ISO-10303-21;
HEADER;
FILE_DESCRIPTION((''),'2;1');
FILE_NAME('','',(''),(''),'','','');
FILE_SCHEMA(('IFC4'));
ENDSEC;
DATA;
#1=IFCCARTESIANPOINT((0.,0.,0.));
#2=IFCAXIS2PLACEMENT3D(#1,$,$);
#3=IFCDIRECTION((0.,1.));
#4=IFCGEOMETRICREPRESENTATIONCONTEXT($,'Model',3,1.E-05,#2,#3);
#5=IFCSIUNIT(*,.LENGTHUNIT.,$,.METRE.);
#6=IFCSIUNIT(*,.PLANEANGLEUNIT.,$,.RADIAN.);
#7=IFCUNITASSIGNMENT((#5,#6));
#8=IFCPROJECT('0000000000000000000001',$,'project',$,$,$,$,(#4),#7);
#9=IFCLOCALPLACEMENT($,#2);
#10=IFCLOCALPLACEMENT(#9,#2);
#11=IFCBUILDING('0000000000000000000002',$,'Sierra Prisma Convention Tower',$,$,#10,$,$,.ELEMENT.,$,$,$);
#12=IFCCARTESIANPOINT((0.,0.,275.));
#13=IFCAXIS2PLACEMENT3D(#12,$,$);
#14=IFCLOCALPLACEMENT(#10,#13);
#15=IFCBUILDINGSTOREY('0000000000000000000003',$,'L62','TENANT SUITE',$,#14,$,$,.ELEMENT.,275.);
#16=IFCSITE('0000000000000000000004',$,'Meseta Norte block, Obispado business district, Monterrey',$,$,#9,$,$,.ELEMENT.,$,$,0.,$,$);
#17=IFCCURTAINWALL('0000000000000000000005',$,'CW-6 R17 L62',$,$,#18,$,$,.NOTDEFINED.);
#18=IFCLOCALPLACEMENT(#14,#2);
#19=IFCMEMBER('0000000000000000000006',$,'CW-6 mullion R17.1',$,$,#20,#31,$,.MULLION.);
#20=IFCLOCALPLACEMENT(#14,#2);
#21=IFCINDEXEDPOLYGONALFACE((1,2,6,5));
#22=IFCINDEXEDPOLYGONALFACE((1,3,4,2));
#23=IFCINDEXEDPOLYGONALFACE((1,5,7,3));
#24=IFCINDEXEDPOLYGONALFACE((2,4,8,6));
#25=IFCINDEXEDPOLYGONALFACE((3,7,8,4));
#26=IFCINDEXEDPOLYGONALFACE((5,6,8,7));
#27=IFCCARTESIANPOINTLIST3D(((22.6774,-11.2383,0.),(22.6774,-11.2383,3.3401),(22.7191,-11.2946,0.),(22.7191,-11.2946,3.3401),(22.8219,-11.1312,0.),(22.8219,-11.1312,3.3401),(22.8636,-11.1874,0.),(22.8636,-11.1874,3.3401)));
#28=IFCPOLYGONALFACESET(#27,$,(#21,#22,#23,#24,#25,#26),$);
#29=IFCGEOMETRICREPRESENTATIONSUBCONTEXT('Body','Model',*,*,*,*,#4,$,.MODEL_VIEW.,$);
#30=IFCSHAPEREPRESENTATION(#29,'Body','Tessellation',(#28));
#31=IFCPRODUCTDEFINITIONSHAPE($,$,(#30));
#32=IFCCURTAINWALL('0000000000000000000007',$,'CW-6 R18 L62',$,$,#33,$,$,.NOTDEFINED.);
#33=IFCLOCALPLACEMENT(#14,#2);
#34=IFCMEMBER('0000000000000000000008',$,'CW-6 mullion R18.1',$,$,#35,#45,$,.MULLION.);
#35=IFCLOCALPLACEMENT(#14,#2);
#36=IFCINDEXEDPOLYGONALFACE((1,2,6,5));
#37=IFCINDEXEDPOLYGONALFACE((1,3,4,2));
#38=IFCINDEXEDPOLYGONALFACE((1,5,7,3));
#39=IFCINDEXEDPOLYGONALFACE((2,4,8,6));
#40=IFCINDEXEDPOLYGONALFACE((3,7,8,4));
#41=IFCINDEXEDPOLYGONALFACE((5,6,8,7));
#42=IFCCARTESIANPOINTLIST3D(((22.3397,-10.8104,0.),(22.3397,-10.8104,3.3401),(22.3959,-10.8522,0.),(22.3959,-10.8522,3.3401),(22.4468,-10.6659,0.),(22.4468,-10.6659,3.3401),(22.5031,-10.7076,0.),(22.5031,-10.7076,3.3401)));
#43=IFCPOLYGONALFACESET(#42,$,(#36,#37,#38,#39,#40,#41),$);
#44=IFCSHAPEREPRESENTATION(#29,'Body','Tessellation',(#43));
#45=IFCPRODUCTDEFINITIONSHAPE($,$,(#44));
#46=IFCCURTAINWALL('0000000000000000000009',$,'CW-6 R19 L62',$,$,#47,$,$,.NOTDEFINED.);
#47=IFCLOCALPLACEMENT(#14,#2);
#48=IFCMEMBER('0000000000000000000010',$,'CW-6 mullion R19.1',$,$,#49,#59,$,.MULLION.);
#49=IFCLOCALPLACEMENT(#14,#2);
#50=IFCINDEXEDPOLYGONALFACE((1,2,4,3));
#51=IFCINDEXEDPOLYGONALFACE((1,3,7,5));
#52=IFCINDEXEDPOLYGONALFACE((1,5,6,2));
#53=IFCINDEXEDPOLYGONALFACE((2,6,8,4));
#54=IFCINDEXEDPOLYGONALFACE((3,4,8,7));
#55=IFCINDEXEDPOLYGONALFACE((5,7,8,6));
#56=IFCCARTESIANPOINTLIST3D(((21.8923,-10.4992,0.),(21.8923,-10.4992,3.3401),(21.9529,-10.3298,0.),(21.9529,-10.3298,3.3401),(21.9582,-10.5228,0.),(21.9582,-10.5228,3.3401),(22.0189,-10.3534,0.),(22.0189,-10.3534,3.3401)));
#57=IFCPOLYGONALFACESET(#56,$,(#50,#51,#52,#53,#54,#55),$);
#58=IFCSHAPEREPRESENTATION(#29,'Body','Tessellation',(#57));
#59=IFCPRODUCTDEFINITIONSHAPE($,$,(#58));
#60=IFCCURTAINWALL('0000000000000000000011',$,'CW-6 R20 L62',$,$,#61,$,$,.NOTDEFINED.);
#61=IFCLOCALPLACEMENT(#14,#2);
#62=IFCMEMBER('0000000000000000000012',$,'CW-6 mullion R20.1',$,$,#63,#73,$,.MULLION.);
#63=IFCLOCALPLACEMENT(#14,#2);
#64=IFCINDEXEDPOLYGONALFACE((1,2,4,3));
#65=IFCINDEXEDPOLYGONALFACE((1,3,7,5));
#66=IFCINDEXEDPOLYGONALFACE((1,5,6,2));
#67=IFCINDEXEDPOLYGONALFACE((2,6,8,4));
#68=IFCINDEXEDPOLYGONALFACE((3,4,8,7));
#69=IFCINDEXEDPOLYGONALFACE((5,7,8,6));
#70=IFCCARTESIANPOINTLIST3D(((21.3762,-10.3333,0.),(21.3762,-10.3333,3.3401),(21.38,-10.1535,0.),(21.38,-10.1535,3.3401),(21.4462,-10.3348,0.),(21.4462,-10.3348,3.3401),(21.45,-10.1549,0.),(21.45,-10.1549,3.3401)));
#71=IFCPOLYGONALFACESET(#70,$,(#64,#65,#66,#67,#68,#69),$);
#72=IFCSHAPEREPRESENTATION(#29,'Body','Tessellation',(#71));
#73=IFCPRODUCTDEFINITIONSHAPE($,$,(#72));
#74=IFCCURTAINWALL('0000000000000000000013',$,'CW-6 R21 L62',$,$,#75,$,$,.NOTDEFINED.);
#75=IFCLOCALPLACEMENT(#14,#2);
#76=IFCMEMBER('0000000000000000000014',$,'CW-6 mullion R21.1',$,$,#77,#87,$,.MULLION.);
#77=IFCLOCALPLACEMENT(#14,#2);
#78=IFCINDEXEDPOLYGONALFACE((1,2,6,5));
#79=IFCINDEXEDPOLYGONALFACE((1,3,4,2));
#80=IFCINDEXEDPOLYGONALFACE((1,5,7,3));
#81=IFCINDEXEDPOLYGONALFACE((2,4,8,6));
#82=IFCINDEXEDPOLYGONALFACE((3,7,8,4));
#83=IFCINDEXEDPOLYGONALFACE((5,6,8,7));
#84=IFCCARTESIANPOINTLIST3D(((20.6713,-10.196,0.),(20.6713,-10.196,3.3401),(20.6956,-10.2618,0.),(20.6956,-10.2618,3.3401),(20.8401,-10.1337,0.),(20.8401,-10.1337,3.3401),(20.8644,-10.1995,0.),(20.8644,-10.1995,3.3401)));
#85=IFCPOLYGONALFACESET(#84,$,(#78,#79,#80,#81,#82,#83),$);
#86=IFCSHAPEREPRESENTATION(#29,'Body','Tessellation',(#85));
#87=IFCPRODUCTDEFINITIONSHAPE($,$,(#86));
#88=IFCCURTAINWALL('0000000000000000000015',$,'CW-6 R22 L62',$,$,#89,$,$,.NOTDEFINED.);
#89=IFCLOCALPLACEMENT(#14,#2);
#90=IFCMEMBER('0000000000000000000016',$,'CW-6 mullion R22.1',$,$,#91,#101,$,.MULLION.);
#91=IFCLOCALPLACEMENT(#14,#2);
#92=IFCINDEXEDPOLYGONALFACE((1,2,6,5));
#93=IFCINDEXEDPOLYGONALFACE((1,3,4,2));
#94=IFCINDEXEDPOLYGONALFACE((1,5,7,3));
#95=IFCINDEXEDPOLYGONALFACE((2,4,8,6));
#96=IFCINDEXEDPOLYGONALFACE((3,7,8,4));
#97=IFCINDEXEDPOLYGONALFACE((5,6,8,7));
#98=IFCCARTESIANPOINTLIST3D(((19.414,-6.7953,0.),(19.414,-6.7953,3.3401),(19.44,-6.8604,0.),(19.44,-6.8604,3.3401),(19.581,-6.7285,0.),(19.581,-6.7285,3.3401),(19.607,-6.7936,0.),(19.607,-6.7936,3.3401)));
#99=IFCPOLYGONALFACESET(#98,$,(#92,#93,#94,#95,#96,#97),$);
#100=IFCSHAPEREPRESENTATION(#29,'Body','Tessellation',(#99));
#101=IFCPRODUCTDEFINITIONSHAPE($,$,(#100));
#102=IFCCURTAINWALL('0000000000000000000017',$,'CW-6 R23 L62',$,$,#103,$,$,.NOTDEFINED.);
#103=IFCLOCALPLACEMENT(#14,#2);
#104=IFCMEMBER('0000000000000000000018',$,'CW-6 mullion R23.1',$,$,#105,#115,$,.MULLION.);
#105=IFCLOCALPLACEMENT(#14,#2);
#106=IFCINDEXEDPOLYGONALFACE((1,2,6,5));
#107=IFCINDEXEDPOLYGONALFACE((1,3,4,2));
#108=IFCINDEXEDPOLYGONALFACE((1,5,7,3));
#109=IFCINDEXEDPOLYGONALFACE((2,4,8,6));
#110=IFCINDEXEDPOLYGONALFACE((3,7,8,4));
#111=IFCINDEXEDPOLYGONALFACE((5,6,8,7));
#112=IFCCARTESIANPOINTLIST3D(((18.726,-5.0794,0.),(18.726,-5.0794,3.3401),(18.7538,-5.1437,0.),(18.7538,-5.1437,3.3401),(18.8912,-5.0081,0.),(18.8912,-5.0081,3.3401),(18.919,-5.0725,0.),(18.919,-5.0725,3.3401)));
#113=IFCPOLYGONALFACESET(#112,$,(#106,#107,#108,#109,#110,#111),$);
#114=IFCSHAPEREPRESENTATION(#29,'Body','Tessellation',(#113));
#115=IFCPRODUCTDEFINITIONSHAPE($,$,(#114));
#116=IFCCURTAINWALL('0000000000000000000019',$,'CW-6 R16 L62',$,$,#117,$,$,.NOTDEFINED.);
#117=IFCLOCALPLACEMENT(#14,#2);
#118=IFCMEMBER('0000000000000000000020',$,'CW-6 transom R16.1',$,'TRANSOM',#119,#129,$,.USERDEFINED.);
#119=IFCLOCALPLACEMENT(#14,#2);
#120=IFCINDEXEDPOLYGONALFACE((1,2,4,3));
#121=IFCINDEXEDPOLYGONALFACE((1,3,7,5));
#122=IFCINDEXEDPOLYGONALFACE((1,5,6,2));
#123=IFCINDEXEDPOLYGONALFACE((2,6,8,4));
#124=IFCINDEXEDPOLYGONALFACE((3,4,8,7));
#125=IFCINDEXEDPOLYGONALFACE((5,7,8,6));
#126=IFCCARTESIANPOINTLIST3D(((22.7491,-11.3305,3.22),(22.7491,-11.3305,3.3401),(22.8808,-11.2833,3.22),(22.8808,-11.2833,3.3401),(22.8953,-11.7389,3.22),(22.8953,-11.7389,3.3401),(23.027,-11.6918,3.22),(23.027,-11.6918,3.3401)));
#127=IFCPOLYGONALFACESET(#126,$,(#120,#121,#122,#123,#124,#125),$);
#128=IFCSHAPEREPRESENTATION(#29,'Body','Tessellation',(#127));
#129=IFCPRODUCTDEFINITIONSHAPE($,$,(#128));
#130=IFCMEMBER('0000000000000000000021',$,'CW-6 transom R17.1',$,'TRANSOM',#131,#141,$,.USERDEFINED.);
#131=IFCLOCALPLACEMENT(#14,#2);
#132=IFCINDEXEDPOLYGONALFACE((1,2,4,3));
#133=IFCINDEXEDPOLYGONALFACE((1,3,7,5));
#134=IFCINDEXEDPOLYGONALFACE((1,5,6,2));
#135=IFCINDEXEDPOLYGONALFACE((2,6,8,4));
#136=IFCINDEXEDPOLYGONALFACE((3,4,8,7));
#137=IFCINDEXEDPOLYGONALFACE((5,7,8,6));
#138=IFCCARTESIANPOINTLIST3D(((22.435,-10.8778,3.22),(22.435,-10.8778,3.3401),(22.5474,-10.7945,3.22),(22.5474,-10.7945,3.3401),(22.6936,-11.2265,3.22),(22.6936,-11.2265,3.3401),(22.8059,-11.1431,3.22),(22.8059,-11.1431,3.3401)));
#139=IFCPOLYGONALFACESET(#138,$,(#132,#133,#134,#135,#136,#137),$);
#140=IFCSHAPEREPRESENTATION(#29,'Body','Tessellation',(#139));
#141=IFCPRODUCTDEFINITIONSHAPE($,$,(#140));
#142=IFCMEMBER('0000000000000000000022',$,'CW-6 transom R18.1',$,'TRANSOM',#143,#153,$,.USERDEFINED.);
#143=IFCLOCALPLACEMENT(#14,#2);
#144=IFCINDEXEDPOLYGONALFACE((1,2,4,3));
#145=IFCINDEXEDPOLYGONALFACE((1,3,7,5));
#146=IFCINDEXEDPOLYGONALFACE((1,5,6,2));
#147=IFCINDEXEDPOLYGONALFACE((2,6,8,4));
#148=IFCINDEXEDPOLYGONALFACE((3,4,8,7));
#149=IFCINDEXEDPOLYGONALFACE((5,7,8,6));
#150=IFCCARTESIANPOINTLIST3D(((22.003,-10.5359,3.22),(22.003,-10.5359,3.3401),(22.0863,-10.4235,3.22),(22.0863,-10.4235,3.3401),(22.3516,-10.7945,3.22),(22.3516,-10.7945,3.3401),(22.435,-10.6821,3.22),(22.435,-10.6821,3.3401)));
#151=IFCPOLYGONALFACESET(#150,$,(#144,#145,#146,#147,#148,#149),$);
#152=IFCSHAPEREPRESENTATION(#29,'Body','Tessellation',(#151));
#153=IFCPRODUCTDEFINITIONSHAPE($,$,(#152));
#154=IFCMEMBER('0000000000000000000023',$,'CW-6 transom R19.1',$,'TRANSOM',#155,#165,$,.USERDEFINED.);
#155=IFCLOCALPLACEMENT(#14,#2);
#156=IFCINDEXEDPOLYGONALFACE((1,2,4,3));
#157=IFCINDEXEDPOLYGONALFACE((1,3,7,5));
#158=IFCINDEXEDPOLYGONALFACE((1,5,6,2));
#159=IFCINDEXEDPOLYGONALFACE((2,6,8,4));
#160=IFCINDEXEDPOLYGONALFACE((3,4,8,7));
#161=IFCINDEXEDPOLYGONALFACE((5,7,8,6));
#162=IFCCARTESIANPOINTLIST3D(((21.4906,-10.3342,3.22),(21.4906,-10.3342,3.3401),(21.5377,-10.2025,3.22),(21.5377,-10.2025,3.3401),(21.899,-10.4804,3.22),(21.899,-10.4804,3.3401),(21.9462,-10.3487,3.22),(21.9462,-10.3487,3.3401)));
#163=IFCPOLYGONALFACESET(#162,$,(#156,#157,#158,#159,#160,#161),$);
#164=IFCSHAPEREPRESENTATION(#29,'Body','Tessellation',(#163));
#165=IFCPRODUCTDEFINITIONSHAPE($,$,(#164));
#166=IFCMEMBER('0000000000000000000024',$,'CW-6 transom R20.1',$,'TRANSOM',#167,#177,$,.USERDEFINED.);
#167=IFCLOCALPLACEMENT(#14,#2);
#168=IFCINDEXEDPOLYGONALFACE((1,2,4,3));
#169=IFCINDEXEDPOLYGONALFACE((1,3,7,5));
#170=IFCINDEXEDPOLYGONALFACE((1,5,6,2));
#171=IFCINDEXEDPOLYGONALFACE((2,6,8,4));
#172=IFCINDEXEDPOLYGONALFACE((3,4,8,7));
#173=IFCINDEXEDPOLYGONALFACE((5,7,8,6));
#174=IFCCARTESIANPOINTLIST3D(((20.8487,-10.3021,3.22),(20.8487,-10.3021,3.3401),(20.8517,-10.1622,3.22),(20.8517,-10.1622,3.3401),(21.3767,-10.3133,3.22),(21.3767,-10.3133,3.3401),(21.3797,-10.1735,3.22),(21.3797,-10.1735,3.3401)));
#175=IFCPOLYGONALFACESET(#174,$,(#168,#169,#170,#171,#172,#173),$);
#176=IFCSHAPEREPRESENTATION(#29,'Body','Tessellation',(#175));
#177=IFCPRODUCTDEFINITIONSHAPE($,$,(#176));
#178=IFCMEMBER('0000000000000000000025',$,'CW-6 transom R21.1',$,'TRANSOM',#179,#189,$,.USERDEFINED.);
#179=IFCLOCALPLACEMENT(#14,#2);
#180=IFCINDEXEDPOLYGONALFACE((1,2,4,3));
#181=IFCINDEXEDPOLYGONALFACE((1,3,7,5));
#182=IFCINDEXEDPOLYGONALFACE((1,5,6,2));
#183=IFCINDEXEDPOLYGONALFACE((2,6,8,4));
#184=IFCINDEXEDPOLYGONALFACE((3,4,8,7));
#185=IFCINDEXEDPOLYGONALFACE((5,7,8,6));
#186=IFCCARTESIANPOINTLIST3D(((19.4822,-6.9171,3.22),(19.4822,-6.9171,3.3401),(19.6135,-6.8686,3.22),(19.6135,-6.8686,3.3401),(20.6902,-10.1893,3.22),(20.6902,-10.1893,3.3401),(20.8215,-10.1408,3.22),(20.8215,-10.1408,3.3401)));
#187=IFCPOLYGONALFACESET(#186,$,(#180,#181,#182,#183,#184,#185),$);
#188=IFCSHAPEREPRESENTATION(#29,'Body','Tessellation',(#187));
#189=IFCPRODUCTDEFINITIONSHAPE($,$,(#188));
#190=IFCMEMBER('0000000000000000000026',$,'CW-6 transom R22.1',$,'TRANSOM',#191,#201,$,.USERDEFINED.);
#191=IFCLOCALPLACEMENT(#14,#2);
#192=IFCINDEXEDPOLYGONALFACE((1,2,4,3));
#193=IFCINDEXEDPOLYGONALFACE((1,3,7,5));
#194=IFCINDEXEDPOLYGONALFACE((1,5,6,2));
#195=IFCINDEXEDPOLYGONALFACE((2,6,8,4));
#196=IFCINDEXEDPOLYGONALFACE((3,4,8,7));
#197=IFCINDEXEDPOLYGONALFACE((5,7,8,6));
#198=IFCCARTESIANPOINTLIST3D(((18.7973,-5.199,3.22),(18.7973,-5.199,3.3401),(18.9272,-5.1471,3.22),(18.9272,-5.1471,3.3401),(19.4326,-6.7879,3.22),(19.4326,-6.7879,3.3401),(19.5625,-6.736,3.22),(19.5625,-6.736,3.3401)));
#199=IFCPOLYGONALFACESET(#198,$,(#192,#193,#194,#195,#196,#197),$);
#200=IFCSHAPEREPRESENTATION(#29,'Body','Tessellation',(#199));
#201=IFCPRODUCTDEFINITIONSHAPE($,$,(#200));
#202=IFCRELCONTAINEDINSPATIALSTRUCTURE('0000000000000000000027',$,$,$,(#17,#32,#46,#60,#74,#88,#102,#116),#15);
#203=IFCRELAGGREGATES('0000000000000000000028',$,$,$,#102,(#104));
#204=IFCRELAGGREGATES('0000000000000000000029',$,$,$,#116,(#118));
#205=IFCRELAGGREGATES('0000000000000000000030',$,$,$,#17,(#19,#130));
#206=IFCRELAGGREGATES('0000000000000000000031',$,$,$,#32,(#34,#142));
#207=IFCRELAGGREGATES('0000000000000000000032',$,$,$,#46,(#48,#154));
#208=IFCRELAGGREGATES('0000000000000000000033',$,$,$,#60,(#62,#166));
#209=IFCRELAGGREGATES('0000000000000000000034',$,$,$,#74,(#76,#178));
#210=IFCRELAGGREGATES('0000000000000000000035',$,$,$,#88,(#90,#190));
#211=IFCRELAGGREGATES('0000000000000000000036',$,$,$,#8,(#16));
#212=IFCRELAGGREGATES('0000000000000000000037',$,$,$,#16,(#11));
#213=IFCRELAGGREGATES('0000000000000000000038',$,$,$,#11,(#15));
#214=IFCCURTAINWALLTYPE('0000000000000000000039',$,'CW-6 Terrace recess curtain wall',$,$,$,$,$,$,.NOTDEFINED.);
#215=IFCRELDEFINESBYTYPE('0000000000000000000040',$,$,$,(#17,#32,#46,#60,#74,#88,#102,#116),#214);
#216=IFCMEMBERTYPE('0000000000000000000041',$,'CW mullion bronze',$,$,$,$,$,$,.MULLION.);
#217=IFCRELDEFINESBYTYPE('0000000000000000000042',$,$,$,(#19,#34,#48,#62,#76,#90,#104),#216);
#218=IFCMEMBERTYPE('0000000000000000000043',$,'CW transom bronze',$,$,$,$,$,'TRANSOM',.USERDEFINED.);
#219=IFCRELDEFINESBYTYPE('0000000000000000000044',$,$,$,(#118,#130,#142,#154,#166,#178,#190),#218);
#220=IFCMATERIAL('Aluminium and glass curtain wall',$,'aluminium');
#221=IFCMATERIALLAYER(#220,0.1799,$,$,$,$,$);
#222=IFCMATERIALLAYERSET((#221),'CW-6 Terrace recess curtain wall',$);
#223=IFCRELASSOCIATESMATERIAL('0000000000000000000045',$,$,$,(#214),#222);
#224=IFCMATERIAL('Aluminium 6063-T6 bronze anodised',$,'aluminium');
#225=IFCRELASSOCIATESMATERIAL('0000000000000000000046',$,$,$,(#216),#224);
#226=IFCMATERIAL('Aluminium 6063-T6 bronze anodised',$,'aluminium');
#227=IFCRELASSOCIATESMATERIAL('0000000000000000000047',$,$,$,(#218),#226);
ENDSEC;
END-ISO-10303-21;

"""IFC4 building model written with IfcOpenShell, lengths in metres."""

from ifc_helpers import new_model, si_unit, direction, frame, origin, origin_2d, place, context, subcontext, project, spatial, rectangle, extrude, material, layer, layer_set, material_profile, profile_set, type_object, element, aggregate, save


model = new_model("IFC4")

# Units and contexts
model_context = context("Model", 3, precision=1e-05, world=origin(), true_north=direction((0.0, 1.0)))
body_context = subcontext(model_context, "Body", "Model", "MODEL_VIEW")
ifc_project = project(units=[si_unit("LENGTHUNIT", "METRE"), si_unit("PLANEANGLEUNIT", "RADIAN")], contexts=[model_context])

# Site, building, storey
site_placement = place(None, origin())
site = spatial("IfcSite", under=ifc_project, at=site_placement, Name="Meseta Norte block, Obispado business district, Monterrey", CompositionType="ELEMENT", RefElevation=0.0)
building_placement = place(site_placement, origin())
building = spatial("IfcBuilding", under=site, at=building_placement, Name="Sierra Prisma Convention Tower", CompositionType="ELEMENT")
storey_placement = place(building_placement, frame((0.0, 0.0, 275.0)))
storey = spatial("IfcBuildingStorey", under=building, at=storey_placement, Name="L62", Description="TENANT SUITE", CompositionType="ELEMENT", Elevation=275.0)

# Curtain walls, members
ifc_material_1 = material(Name="Aluminium and glass curtain wall", Category="aluminium")
ifc_layer_1 = layer(ifc_material_1, 0.1799)
ifc_layer_set_1 = layer_set([ifc_layer_1], Name="CW-6 Terrace recess curtain wall")
curtain_wall_type = type_object("IfcCurtainWallType", Name="CW-6 Terrace recess curtain wall", PredefinedType="NOTDEFINED", material=ifc_layer_set_1)
curtain_wall_1_placement = place(storey_placement, origin())
curtain_wall_1 = element("IfcCurtainWall", 1, at=curtain_wall_1_placement, inside=storey, type_object=curtain_wall_type, Name="CW-6 R17 L62", PredefinedType="NOTDEFINED")
ifc_material_2 = material(Name="Aluminium 6063-T6 bronze anodised", Category="aluminium")
ifc_material_profile_1 = material_profile(ifc_material_2, rectangle(XDim=0.1799, YDim=0.0701, at=origin_2d()), Name="ALU MULLION 70x180")
ifc_profile_set_1 = profile_set([ifc_material_profile_1], Name="Aluminium 6063-T6 bronze anodised")
member_type_1 = type_object("IfcMemberType", Name="CW mullion bronze", PredefinedType="MULLION", material=ifc_profile_set_1)
member_1_placement = place(storey_placement, frame((22.7705, -11.2129, 0.0), z_axis=(0.0, 0.0, 1.0), x_axis=(-0.803208, -0.595699, 0.0)))
member_1 = element("IfcMember", 2, at=member_1_placement, type_object=member_type_1, Name="CW-6 mullion R17.1", PredefinedType="MULLION", context=body_context, shape_type="SweptSolid", body=[
    extrude(rectangle(XDim=0.1799, YDim=0.0701, at=origin_2d()), origin(), (0.0, 0.0, 1.0), 3.3401),
])
curtain_wall_2_placement = place(storey_placement, origin())
curtain_wall_2 = element("IfcCurtainWall", 3, at=curtain_wall_2_placement, inside=storey, type_object=curtain_wall_type, Name="CW-6 R18 L62", PredefinedType="NOTDEFINED")
member_2_placement = place(storey_placement, frame((22.4214, -10.759, 0.0), z_axis=(0.0, 0.0, 1.0), x_axis=(-0.595699, -0.803208, 0.0)))
member_2 = element("IfcMember", 4, at=member_2_placement, type_object=member_type_1, Name="CW-6 mullion R18.1", PredefinedType="MULLION", context=body_context, shape_type="SweptSolid", body=[
    extrude(rectangle(XDim=0.1799, YDim=0.0701, at=origin_2d()), origin(), (0.0, 0.0, 1.0), 3.3401),
])
curtain_wall_3_placement = place(storey_placement, origin())
curtain_wall_3 = element("IfcCurtainWall", 5, at=curtain_wall_3_placement, inside=storey, type_object=curtain_wall_type, Name="CW-6 R19 L62", PredefinedType="NOTDEFINED")
member_3_placement = place(storey_placement, frame((21.9556, -10.4263, 0.0), z_axis=(0.0, 0.0, 1.0), x_axis=(-0.33689, -0.941544, 0.0)))
member_3 = element("IfcMember", 6, at=member_3_placement, type_object=member_type_1, Name="CW-6 mullion R19.1", PredefinedType="MULLION", context=body_context, shape_type="SweptSolid", body=[
    extrude(rectangle(XDim=0.1799, YDim=0.0701, at=origin_2d()), origin(), (0.0, 0.0, 1.0), 3.3401),
])
curtain_wall_4_placement = place(storey_placement, origin())
curtain_wall_4 = element("IfcCurtainWall", 7, at=curtain_wall_4_placement, inside=storey, type_object=curtain_wall_type, Name="CW-6 R20 L62", PredefinedType="NOTDEFINED")
member_4_placement = place(storey_placement, frame((21.4131, -10.2441, 0.0), z_axis=(0.0, 0.0, 1.0), x_axis=(-0.02107, -0.999778, 0.0)))
member_4 = element("IfcMember", 8, at=member_4_placement, type_object=member_type_1, Name="CW-6 mullion R20.1", PredefinedType="MULLION", context=body_context, shape_type="SweptSolid", body=[
    extrude(rectangle(XDim=0.1799, YDim=0.0701, at=origin_2d()), origin(), (0.0, 0.0, 1.0), 3.3401),
])
curtain_wall_5_placement = place(storey_placement, origin())
curtain_wall_5 = element("IfcCurtainWall", 9, at=curtain_wall_5_placement, inside=storey, type_object=curtain_wall_type, Name="CW-6 R21 L62", PredefinedType="NOTDEFINED")
member_5_placement = place(storey_placement, frame((20.7678, -10.1978, 0.0), z_axis=(0.0, 0.0, 1.0), x_axis=(-0.938119, -0.346314, 0.0)))
member_5 = element("IfcMember", 10, at=member_5_placement, type_object=member_type_1, Name="CW-6 mullion R21.1", PredefinedType="MULLION", context=body_context, shape_type="SweptSolid", body=[
    extrude(rectangle(XDim=0.1799, YDim=0.0701, at=origin_2d()), origin(), (0.0, 0.0, 1.0), 3.3401),
])
curtain_wall_6_placement = place(storey_placement, origin())
curtain_wall_6 = element("IfcCurtainWall", 11, at=curtain_wall_6_placement, inside=storey, type_object=curtain_wall_type, Name="CW-6 R22 L62", PredefinedType="NOTDEFINED")
member_6_placement = place(storey_placement, frame((19.5105, -6.7944, 0.0), z_axis=(0.0, 0.0, 1.0), x_axis=(-0.928545, -0.371219, 0.0)))
member_6 = element("IfcMember", 12, at=member_6_placement, type_object=member_type_1, Name="CW-6 mullion R22.1", PredefinedType="MULLION", context=body_context, shape_type="SweptSolid", body=[
    extrude(rectangle(XDim=0.1799, YDim=0.0701, at=origin_2d()), origin(), (0.0, 0.0, 1.0), 3.3401),
])
curtain_wall_7_placement = place(storey_placement, origin())
curtain_wall_7 = element("IfcCurtainWall", 13, at=curtain_wall_7_placement, inside=storey, type_object=curtain_wall_type, Name="CW-6 R23 L62", PredefinedType="NOTDEFINED")
member_7_placement = place(storey_placement, frame((18.8225, -5.0759, 0.0), z_axis=(0.0, 0.0, 1.0), x_axis=(-0.918239, -0.396027, 0.0)))
member_7 = element("IfcMember", 14, at=member_7_placement, type_object=member_type_1, Name="CW-6 mullion R23.1", PredefinedType="MULLION", context=body_context, shape_type="SweptSolid", body=[
    extrude(rectangle(XDim=0.1799, YDim=0.0701, at=origin_2d()), origin(), (0.0, 0.0, 1.0), 3.3401),
])
curtain_wall_8_placement = place(storey_placement, origin())
curtain_wall_8 = element("IfcCurtainWall", 15, at=curtain_wall_8_placement, inside=storey, type_object=curtain_wall_type, Name="CW-6 R16 L62", PredefinedType="NOTDEFINED")
ifc_material_3 = material(Name="Aluminium 6063-T6 bronze anodised", Category="aluminium")
ifc_material_profile_2 = material_profile(ifc_material_3, rectangle(XDim=0.1399, YDim=0.1201, at=origin_2d()), Name="ALU TRANSOM 120x140")
ifc_profile_set_2 = profile_set([ifc_material_profile_2], Name="Aluminium 6063-T6 bronze anodised")
member_type_2 = type_object("IfcMemberType", Name="CW transom bronze", ElementType="TRANSOM", PredefinedType="USERDEFINED", material=ifc_profile_set_2)
member_8_placement = place(storey_placement, frame((22.9612, -11.7153, 3.28), z_axis=(-0.337085, 0.941474, 0.0), x_axis=(-0.941474, -0.337085, 0.0)))
member_8 = element("IfcMember", 16, at=member_8_placement, type_object=member_type_2, Name="CW-6 transom R16.1", ObjectType="TRANSOM", PredefinedType="USERDEFINED", context=body_context, shape_type="SweptSolid", body=[
    extrude(rectangle(XDim=0.1399, YDim=0.1201, at=origin_2d()), origin(), (0.0, 0.0, 1.0), 0.4338),
])

# Members
member_9_placement = place(storey_placement, frame((22.7498, -11.1848, 3.28), z_axis=(-0.595671, 0.803228, 0.0), x_axis=(-0.803228, -0.595671, 0.0)))
member_9 = element("IfcMember", 17, at=member_9_placement, type_object=member_type_2, Name="CW-6 transom R17.1", ObjectType="TRANSOM", PredefinedType="USERDEFINED", context=body_context, shape_type="SweptSolid", body=[
    extrude(rectangle(XDim=0.1399, YDim=0.1201, at=origin_2d()), origin(), (0.0, 0.0, 1.0), 0.4341),
])
member_10_placement = place(storey_placement, frame((22.3933, -10.7383, 3.28), z_axis=(-0.803228, 0.595671, 0.0), x_axis=(-0.595671, -0.803228, 0.0)))
member_10 = element("IfcMember", 18, at=member_10_placement, type_object=member_type_2, Name="CW-6 transom R18.1", ObjectType="TRANSOM", PredefinedType="USERDEFINED", context=body_context, shape_type="SweptSolid", body=[
    extrude(rectangle(XDim=0.1399, YDim=0.1201, at=origin_2d()), origin(), (0.0, 0.0, 1.0), 0.4341),
])
member_11_placement = place(storey_placement, frame((21.9226, -10.4146, 3.28), z_axis=(-0.941474, 0.337085, 0.0), x_axis=(-0.337085, -0.941474, 0.0)))
member_11 = element("IfcMember", 19, at=member_11_placement, type_object=member_type_2, Name="CW-6 transom R19.1", ObjectType="TRANSOM", PredefinedType="USERDEFINED", context=body_context, shape_type="SweptSolid", body=[
    extrude(rectangle(XDim=0.1399, YDim=0.1201, at=origin_2d()), origin(), (0.0, 0.0, 1.0), 0.4338),
])
member_12_placement = place(storey_placement, frame((21.3782, -10.2434, 3.28), z_axis=(-0.999774, 0.021262, 0.0), x_axis=(-0.021262, -0.999774, 0.0)))
member_12 = element("IfcMember", 20, at=member_12_placement, type_object=member_type_2, Name="CW-6 transom R20.1", ObjectType="TRANSOM", PredefinedType="USERDEFINED", context=body_context, shape_type="SweptSolid", body=[
    extrude(rectangle(XDim=0.1399, YDim=0.1201, at=origin_2d()), origin(), (0.0, 0.0, 1.0), 0.5281),
])
member_13_placement = place(storey_placement, frame((20.7559, -10.165, 3.28), z_axis=(-0.346325, 0.938115, 0.0), x_axis=(-0.938115, -0.346325, 0.0)))
member_13 = element("IfcMember", 21, at=member_13_placement, type_object=member_type_2, Name="CW-6 transom R21.1", ObjectType="TRANSOM", PredefinedType="USERDEFINED", context=body_context, shape_type="SweptSolid", body=[
    extrude(rectangle(XDim=0.1399, YDim=0.1201, at=origin_2d()), origin(), (0.0, 0.0, 1.0), 3.488),
])
member_14_placement = place(storey_placement, frame((19.4976, -6.762, 3.28), z_axis=(-0.371243, 0.928536, 0.0), x_axis=(-0.928536, -0.371243, 0.0)))
member_14 = element("IfcMember", 22, at=member_14_placement, type_object=member_type_2, Name="CW-6 transom R22.1", ObjectType="TRANSOM", PredefinedType="USERDEFINED", context=body_context, shape_type="SweptSolid", body=[
    extrude(rectangle(XDim=0.1399, YDim=0.1201, at=origin_2d()), origin(), (0.0, 0.0, 1.0), 1.7112),
])
aggregate(curtain_wall_7, [member_7])

aggregate(curtain_wall_8, [member_8])
aggregate(curtain_wall_1, [member_1, member_9])
aggregate(curtain_wall_2, [member_2, member_10])
aggregate(curtain_wall_3, [member_3, member_11])
aggregate(curtain_wall_4, [member_4, member_12])
aggregate(curtain_wall_5, [member_5, member_13])
aggregate(curtain_wall_6, [member_6, member_14])

save(model, "model.ifc")
